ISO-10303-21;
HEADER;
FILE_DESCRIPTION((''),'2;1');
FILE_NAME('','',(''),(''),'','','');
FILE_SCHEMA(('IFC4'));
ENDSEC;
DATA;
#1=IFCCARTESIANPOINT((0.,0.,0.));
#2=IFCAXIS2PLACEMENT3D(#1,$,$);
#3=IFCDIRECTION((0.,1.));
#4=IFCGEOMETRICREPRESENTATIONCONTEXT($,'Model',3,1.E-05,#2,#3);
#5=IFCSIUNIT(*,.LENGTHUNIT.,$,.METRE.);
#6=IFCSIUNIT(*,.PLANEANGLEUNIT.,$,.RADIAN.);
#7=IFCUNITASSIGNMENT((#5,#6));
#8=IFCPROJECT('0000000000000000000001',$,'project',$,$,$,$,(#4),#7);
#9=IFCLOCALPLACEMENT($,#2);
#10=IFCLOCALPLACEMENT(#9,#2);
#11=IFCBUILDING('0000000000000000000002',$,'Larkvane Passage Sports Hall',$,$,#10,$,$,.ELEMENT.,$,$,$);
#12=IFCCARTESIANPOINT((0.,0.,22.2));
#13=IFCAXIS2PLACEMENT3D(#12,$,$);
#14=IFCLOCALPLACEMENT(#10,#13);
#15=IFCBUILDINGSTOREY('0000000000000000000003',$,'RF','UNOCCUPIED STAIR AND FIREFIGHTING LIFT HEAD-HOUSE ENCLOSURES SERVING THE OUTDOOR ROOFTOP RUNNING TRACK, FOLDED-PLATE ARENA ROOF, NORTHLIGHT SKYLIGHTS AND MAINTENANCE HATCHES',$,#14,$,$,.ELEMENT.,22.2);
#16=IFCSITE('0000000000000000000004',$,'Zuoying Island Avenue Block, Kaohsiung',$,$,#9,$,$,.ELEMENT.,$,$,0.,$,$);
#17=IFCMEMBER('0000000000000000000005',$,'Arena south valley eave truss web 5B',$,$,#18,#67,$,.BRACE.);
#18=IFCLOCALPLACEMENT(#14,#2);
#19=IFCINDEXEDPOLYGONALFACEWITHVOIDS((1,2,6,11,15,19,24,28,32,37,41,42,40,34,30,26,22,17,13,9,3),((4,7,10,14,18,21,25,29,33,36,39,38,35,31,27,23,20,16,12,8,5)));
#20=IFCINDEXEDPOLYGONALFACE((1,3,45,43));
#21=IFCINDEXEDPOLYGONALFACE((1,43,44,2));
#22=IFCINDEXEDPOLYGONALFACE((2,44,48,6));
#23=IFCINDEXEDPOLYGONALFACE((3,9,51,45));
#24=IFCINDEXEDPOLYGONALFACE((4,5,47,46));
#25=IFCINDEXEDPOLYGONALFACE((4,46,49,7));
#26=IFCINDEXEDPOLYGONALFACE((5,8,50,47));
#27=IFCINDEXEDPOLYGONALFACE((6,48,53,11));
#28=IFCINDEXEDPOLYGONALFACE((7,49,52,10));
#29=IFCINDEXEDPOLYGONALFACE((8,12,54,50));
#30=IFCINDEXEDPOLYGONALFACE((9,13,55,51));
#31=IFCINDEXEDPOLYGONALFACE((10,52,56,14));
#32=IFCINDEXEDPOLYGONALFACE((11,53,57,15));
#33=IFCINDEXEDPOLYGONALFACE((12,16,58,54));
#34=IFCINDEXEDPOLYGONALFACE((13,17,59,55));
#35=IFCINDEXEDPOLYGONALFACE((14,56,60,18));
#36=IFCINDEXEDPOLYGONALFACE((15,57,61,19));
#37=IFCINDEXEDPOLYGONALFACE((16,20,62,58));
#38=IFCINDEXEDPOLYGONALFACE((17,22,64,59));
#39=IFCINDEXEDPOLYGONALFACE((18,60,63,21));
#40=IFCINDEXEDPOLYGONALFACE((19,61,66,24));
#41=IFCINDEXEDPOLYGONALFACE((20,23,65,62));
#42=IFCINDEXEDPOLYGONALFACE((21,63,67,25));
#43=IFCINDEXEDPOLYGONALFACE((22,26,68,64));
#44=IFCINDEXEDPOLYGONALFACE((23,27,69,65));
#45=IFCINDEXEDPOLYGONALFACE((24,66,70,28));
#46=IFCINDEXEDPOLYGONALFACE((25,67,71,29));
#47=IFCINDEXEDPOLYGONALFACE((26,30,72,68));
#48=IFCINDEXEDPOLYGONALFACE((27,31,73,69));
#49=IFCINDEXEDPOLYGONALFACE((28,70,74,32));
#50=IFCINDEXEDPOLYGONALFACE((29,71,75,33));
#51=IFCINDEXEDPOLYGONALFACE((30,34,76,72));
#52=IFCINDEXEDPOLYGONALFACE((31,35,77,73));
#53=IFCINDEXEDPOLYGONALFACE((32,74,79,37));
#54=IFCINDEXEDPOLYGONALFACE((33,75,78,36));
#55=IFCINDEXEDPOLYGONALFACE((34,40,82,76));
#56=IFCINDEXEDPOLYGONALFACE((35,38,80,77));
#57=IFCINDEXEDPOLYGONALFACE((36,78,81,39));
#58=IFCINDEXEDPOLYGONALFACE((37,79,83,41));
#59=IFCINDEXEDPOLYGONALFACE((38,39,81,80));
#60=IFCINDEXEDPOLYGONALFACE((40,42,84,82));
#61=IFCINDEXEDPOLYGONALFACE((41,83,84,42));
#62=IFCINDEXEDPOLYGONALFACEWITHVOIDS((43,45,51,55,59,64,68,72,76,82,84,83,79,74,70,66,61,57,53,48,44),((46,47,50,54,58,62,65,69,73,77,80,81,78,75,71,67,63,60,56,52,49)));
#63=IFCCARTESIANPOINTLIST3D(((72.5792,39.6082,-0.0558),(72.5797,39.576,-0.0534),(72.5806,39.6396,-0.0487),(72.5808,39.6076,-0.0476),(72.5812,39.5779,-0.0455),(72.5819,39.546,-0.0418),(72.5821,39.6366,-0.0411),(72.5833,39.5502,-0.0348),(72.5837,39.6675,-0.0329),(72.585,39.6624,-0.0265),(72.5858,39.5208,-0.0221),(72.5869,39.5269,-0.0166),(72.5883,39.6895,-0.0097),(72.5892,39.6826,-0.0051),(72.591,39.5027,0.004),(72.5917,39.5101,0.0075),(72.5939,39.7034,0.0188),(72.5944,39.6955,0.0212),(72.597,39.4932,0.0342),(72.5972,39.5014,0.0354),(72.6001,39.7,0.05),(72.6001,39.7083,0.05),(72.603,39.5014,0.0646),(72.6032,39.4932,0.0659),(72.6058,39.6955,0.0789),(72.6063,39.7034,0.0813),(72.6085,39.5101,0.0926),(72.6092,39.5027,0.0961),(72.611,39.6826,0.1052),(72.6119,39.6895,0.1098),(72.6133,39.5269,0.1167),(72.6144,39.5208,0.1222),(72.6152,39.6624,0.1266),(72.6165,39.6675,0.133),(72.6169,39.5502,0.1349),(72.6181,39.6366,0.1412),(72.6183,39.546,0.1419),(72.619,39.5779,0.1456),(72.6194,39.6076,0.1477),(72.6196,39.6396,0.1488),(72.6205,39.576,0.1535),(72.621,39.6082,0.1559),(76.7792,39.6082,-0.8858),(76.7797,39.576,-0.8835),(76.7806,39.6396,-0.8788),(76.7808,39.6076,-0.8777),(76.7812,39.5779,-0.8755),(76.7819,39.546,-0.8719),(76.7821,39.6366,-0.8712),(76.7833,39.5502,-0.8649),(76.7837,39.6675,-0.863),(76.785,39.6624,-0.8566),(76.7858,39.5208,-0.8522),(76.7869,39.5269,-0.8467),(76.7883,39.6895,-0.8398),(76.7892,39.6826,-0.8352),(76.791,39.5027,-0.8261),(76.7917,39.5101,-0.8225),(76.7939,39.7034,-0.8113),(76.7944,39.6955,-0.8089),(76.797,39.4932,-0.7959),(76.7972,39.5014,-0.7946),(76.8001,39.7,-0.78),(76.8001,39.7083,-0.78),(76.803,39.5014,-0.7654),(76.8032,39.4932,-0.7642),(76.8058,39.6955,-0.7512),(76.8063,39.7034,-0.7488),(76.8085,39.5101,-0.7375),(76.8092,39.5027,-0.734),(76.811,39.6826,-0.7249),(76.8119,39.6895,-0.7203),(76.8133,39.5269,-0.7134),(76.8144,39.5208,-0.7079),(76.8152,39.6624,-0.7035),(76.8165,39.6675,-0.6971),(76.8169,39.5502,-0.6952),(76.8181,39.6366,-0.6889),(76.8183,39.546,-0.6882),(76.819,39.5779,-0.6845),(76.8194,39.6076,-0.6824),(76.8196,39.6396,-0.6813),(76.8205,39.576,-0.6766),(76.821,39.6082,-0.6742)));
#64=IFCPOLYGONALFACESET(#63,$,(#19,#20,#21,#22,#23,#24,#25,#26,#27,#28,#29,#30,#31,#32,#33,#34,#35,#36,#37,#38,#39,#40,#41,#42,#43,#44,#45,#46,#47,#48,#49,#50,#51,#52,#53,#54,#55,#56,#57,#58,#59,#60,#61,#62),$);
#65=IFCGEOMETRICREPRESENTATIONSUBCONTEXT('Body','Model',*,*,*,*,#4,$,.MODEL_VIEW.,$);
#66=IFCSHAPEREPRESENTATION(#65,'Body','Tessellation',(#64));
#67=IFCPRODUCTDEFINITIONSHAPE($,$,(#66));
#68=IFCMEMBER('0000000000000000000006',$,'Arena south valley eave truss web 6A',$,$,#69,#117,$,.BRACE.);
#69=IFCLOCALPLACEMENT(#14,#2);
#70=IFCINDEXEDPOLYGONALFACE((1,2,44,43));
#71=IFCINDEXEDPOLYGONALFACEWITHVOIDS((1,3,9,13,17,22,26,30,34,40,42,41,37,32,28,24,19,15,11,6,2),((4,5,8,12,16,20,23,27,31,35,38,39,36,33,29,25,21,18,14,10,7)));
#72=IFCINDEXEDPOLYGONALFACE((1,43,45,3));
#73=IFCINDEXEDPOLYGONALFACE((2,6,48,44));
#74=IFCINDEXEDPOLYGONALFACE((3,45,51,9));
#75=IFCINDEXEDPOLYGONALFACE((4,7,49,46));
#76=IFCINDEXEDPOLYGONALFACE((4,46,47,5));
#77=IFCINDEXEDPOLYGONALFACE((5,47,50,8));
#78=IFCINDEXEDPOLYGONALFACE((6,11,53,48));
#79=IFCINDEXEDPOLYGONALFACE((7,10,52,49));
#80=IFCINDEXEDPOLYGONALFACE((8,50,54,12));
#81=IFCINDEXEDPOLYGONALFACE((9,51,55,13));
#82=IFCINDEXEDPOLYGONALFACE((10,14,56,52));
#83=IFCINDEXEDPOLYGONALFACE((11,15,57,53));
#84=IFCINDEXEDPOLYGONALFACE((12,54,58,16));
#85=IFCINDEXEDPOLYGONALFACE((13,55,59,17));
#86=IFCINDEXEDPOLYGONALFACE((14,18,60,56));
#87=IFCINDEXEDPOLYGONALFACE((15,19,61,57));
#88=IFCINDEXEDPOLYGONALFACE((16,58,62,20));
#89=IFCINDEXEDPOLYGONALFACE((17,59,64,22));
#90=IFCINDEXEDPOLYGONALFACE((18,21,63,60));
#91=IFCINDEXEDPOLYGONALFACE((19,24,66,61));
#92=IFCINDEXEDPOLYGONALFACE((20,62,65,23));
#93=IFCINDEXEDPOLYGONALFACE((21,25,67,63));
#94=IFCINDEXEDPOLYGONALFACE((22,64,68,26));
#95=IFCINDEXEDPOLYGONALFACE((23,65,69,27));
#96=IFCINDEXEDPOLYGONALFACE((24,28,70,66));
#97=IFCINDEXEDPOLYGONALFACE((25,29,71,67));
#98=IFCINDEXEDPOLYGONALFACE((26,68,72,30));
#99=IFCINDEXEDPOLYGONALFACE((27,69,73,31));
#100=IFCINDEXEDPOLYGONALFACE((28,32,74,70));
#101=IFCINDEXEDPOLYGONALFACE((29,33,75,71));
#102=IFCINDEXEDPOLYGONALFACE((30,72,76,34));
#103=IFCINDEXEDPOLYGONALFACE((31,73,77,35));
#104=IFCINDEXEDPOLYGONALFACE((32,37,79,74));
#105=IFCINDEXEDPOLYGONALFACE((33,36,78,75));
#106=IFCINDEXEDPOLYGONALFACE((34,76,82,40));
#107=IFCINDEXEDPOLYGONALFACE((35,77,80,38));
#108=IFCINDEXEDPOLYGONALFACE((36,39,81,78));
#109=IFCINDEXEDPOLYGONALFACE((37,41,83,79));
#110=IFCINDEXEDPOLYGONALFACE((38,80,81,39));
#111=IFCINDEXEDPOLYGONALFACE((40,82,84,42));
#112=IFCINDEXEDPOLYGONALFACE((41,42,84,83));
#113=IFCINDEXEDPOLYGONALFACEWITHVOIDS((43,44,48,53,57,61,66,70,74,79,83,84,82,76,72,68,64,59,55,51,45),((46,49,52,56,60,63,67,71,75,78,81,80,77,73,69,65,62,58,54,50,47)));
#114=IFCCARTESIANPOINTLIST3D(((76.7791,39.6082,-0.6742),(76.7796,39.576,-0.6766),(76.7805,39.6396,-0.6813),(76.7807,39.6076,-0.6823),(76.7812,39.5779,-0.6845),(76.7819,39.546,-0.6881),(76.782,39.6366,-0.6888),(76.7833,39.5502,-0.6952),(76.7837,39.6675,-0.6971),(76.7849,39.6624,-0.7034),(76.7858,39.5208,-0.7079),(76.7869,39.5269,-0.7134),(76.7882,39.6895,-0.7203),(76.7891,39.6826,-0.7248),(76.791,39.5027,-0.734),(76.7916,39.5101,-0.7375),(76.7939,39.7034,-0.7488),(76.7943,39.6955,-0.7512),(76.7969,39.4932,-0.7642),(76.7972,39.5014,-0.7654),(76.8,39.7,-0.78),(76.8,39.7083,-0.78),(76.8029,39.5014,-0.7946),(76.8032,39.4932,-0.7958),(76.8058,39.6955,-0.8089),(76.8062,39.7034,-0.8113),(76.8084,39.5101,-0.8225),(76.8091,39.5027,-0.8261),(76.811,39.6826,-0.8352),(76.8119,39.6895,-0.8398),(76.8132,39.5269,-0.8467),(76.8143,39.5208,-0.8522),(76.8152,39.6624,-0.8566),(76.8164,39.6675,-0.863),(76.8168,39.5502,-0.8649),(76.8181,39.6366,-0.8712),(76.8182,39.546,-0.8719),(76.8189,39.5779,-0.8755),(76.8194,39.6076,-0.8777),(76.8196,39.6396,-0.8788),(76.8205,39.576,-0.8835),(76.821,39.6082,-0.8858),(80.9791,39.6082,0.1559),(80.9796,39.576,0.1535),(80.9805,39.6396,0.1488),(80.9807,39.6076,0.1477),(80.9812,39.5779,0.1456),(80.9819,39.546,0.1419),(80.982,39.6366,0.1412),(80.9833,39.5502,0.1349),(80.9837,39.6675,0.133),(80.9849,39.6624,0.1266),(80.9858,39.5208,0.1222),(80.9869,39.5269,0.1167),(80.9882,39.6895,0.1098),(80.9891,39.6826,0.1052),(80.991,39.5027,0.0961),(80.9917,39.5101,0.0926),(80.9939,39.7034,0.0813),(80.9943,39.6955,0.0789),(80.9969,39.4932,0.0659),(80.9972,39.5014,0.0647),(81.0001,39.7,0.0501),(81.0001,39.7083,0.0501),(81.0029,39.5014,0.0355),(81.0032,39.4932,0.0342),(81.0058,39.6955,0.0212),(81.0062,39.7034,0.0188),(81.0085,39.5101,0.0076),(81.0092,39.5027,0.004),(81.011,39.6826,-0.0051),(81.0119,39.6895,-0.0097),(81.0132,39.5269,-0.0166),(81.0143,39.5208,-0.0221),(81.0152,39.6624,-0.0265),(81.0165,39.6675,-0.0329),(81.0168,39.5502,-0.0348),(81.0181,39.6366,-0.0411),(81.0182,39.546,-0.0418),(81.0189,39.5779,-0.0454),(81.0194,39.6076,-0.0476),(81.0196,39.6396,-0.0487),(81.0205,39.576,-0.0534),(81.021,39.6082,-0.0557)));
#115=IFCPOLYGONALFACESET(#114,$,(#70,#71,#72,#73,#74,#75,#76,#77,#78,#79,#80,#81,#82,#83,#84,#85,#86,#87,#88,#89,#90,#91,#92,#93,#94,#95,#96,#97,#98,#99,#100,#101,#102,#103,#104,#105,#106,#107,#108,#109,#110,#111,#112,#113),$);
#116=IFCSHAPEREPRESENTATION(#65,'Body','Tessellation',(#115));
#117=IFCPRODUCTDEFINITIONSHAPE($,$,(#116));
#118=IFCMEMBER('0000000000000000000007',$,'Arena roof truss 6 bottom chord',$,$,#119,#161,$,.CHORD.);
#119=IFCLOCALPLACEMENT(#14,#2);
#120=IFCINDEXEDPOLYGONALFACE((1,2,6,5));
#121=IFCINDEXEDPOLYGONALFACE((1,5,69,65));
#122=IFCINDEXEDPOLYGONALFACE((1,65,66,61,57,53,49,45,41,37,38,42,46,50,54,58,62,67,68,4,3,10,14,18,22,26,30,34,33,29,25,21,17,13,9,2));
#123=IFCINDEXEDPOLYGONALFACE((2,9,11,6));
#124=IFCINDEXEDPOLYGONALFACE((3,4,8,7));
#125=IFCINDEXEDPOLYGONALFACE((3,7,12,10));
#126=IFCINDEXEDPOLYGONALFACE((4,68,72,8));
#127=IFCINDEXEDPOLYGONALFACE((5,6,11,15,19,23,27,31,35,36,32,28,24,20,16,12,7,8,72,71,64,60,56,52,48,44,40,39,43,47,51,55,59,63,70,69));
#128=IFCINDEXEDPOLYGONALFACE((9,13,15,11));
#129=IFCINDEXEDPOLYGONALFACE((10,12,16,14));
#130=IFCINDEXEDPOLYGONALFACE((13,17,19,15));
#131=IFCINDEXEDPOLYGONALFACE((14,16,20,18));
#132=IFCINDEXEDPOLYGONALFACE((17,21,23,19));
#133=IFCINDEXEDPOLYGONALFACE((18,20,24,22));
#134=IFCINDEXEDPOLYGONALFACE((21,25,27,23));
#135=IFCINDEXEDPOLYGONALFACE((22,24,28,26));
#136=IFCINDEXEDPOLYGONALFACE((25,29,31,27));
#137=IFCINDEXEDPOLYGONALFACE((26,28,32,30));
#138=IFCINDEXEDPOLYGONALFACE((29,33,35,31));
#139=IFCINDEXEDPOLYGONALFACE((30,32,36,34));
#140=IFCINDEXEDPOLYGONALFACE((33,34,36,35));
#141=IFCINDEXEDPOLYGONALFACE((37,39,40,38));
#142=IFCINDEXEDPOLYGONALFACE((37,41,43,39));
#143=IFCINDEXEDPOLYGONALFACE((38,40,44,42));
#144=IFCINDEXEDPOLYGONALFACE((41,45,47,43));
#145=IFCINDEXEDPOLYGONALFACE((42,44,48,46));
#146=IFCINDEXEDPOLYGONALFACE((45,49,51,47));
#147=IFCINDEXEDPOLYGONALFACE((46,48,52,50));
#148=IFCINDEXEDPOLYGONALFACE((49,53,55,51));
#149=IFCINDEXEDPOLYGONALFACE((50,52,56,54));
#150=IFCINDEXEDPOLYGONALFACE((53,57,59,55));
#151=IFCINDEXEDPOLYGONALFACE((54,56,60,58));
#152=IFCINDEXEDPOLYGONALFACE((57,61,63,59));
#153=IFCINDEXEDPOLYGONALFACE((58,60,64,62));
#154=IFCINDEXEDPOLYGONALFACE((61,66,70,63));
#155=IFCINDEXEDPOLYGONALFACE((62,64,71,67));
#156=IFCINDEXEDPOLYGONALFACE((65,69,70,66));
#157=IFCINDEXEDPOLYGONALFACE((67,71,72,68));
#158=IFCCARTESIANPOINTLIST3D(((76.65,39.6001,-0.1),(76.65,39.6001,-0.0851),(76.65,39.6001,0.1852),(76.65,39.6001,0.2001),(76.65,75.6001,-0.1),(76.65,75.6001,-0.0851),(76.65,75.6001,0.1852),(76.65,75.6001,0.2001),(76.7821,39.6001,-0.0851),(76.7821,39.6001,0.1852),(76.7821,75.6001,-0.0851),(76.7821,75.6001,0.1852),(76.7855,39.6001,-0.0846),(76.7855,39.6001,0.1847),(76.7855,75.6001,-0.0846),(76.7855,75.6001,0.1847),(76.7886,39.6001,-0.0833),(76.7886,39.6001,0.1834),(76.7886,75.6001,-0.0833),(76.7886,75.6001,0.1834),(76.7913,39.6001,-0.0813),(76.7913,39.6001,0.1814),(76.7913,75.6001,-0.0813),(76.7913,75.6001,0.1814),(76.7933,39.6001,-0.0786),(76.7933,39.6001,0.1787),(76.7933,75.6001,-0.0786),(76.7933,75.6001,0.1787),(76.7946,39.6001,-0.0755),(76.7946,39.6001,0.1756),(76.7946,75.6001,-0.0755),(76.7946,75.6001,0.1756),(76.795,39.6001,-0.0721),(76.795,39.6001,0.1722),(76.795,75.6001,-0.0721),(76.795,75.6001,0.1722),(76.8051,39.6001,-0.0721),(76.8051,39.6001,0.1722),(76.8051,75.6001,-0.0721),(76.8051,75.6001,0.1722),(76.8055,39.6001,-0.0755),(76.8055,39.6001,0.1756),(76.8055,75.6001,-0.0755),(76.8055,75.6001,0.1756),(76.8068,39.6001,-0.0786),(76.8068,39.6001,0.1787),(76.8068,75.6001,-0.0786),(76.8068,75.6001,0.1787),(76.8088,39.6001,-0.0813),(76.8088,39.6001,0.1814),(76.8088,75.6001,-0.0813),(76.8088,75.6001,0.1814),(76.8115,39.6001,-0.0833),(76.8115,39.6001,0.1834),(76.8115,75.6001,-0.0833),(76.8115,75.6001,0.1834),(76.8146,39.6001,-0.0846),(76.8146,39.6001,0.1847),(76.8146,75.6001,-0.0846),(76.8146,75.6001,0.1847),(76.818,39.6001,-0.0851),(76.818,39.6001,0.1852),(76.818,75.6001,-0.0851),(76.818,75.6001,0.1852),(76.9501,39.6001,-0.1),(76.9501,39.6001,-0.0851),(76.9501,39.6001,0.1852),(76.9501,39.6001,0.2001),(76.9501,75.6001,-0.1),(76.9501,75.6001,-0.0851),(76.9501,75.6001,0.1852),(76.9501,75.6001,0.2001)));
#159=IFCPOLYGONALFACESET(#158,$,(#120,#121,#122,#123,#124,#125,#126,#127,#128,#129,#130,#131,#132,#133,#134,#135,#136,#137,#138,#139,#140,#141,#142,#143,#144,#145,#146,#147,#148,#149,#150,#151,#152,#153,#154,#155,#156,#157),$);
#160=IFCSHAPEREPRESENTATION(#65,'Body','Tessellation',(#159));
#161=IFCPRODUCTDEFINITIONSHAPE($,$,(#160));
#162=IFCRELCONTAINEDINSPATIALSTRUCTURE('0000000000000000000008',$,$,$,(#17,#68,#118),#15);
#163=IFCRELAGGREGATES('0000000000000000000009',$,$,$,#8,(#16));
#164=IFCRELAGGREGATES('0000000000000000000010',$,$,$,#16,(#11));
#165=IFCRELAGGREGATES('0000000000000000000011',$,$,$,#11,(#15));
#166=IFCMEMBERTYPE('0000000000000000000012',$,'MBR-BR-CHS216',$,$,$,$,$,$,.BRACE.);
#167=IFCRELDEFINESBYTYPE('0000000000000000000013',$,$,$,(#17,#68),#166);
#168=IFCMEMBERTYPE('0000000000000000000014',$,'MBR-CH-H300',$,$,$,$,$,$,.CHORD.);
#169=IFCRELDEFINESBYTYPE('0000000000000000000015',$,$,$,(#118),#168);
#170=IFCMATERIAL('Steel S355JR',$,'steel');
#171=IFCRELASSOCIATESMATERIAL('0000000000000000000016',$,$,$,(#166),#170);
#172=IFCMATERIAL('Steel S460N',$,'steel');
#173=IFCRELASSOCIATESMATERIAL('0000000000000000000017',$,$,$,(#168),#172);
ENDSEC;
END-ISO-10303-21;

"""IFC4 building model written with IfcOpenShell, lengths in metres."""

from ifc_helpers import new_model, si_unit, direction, frame, origin, origin_2d, place, context, subcontext, project, spatial, hollow_circle, i_section, extrude, material, material_profile, profile_set, type_object, element, save


model = new_model("IFC4")

# Units and contexts
model_context = context("Model", 3, precision=1e-05, world=origin(), true_north=direction((0.0, 1.0)))
body_context = subcontext(model_context, "Body", "Model", "MODEL_VIEW")
ifc_project = project(units=[si_unit("LENGTHUNIT", "METRE"), si_unit("PLANEANGLEUNIT", "RADIAN")], contexts=[model_context])

# Site, building, storey
site_placement = place(None, origin())
site = spatial("IfcSite", under=ifc_project, at=site_placement, Name="Zuoying Island Avenue Block, Kaohsiung", CompositionType="ELEMENT", RefElevation=0.0)
building_placement = place(site_placement, origin())
building = spatial("IfcBuilding", under=site, at=building_placement, Name="Larkvane Passage Sports Hall", CompositionType="ELEMENT")
storey_placement = place(building_placement, frame((0.0, 0.0, 22.2)))
storey = spatial("IfcBuildingStorey", under=building, at=storey_placement, Name="RF", Description="UNOCCUPIED STAIR AND FIREFIGHTING LIFT HEAD-HOUSE ENCLOSURES SERVING THE OUTDOOR ROOFTOP RUNNING TRACK, FOLDED-PLATE ARENA ROOF, NORTHLIGHT SKYLIGHTS AND MAINTENANCE HATCHES", CompositionType="ELEMENT", Elevation=22.2)

# Shared definitions
ifc_material_1 = material(Name="Steel S460N", Category="steel")
ifc_material_2 = material(Name="Steel S355JR", Category="steel")

# Members
ifc_material_profile_1 = material_profile(ifc_material_2, hollow_circle(Radius=0.1082, WallThickness=0.0083, at=origin_2d()), Name="CHS-216.3x8.2")
ifc_profile_set_1 = profile_set([ifc_material_profile_1], Name="Steel S355JR")
member_type_1 = type_object("IfcMemberType", Name="MBR-BR-CHS216", PredefinedType="BRACE", material=ifc_profile_set_1)
for number, where, z_axis, x_axis, name in (
    (1, (72.6001, 39.6001, 0.05), (0.981023, 0.0, -0.193889), (0.0, 1.0, 0.0), "Arena south valley eave truss web 5B"),
    (2, (76.8, 39.6001, -0.78), (0.981023, 0.0, 0.193889), (0.0, 1.0, 0.0), "Arena south valley eave truss web 6A"),
):
    element("IfcMember", number, at=place(storey_placement, frame(where, z_axis=z_axis, x_axis=x_axis)), inside=storey, type_object=member_type_1, Name=name, PredefinedType="BRACE", context=body_context, shape_type="SweptSolid", body=[
        extrude(hollow_circle(Radius=0.1082, WallThickness=0.0083, at=origin_2d()), origin(), (0.0, 0.0, 1.0), 4.2812),
    ])
ifc_material_profile_2 = material_profile(ifc_material_1, i_section(OverallWidth=0.3, OverallDepth=0.3, WebThickness=0.01, FlangeThickness=0.0149, FilletRadius=0.0129, at=origin_2d()), Name="H-300x300x10x15")
ifc_profile_set_2 = profile_set([ifc_material_profile_2], Name="Steel S460N")
member_type_2 = type_object("IfcMemberType", Name="MBR-CH-H300", PredefinedType="CHORD", material=ifc_profile_set_2)
member_1_placement = place(storey_placement, frame((76.8, 39.6001, 0.05), z_axis=(0.0, 1.0, 0.0), x_axis=(-1.0, 0.0, 0.0)))
element("IfcMember", 3, at=member_1_placement, inside=storey, type_object=member_type_2, Name="Arena roof truss 6 bottom chord", PredefinedType="CHORD", context=body_context, shape_type="SweptSolid", body=[
    extrude(i_section(OverallWidth=0.3, OverallDepth=0.3, WebThickness=0.01, FlangeThickness=0.0149, FilletRadius=0.0129, at=origin_2d()), origin(), (0.0, 0.0, 1.0), 36.0),
])

save(model, "model.ifc")
